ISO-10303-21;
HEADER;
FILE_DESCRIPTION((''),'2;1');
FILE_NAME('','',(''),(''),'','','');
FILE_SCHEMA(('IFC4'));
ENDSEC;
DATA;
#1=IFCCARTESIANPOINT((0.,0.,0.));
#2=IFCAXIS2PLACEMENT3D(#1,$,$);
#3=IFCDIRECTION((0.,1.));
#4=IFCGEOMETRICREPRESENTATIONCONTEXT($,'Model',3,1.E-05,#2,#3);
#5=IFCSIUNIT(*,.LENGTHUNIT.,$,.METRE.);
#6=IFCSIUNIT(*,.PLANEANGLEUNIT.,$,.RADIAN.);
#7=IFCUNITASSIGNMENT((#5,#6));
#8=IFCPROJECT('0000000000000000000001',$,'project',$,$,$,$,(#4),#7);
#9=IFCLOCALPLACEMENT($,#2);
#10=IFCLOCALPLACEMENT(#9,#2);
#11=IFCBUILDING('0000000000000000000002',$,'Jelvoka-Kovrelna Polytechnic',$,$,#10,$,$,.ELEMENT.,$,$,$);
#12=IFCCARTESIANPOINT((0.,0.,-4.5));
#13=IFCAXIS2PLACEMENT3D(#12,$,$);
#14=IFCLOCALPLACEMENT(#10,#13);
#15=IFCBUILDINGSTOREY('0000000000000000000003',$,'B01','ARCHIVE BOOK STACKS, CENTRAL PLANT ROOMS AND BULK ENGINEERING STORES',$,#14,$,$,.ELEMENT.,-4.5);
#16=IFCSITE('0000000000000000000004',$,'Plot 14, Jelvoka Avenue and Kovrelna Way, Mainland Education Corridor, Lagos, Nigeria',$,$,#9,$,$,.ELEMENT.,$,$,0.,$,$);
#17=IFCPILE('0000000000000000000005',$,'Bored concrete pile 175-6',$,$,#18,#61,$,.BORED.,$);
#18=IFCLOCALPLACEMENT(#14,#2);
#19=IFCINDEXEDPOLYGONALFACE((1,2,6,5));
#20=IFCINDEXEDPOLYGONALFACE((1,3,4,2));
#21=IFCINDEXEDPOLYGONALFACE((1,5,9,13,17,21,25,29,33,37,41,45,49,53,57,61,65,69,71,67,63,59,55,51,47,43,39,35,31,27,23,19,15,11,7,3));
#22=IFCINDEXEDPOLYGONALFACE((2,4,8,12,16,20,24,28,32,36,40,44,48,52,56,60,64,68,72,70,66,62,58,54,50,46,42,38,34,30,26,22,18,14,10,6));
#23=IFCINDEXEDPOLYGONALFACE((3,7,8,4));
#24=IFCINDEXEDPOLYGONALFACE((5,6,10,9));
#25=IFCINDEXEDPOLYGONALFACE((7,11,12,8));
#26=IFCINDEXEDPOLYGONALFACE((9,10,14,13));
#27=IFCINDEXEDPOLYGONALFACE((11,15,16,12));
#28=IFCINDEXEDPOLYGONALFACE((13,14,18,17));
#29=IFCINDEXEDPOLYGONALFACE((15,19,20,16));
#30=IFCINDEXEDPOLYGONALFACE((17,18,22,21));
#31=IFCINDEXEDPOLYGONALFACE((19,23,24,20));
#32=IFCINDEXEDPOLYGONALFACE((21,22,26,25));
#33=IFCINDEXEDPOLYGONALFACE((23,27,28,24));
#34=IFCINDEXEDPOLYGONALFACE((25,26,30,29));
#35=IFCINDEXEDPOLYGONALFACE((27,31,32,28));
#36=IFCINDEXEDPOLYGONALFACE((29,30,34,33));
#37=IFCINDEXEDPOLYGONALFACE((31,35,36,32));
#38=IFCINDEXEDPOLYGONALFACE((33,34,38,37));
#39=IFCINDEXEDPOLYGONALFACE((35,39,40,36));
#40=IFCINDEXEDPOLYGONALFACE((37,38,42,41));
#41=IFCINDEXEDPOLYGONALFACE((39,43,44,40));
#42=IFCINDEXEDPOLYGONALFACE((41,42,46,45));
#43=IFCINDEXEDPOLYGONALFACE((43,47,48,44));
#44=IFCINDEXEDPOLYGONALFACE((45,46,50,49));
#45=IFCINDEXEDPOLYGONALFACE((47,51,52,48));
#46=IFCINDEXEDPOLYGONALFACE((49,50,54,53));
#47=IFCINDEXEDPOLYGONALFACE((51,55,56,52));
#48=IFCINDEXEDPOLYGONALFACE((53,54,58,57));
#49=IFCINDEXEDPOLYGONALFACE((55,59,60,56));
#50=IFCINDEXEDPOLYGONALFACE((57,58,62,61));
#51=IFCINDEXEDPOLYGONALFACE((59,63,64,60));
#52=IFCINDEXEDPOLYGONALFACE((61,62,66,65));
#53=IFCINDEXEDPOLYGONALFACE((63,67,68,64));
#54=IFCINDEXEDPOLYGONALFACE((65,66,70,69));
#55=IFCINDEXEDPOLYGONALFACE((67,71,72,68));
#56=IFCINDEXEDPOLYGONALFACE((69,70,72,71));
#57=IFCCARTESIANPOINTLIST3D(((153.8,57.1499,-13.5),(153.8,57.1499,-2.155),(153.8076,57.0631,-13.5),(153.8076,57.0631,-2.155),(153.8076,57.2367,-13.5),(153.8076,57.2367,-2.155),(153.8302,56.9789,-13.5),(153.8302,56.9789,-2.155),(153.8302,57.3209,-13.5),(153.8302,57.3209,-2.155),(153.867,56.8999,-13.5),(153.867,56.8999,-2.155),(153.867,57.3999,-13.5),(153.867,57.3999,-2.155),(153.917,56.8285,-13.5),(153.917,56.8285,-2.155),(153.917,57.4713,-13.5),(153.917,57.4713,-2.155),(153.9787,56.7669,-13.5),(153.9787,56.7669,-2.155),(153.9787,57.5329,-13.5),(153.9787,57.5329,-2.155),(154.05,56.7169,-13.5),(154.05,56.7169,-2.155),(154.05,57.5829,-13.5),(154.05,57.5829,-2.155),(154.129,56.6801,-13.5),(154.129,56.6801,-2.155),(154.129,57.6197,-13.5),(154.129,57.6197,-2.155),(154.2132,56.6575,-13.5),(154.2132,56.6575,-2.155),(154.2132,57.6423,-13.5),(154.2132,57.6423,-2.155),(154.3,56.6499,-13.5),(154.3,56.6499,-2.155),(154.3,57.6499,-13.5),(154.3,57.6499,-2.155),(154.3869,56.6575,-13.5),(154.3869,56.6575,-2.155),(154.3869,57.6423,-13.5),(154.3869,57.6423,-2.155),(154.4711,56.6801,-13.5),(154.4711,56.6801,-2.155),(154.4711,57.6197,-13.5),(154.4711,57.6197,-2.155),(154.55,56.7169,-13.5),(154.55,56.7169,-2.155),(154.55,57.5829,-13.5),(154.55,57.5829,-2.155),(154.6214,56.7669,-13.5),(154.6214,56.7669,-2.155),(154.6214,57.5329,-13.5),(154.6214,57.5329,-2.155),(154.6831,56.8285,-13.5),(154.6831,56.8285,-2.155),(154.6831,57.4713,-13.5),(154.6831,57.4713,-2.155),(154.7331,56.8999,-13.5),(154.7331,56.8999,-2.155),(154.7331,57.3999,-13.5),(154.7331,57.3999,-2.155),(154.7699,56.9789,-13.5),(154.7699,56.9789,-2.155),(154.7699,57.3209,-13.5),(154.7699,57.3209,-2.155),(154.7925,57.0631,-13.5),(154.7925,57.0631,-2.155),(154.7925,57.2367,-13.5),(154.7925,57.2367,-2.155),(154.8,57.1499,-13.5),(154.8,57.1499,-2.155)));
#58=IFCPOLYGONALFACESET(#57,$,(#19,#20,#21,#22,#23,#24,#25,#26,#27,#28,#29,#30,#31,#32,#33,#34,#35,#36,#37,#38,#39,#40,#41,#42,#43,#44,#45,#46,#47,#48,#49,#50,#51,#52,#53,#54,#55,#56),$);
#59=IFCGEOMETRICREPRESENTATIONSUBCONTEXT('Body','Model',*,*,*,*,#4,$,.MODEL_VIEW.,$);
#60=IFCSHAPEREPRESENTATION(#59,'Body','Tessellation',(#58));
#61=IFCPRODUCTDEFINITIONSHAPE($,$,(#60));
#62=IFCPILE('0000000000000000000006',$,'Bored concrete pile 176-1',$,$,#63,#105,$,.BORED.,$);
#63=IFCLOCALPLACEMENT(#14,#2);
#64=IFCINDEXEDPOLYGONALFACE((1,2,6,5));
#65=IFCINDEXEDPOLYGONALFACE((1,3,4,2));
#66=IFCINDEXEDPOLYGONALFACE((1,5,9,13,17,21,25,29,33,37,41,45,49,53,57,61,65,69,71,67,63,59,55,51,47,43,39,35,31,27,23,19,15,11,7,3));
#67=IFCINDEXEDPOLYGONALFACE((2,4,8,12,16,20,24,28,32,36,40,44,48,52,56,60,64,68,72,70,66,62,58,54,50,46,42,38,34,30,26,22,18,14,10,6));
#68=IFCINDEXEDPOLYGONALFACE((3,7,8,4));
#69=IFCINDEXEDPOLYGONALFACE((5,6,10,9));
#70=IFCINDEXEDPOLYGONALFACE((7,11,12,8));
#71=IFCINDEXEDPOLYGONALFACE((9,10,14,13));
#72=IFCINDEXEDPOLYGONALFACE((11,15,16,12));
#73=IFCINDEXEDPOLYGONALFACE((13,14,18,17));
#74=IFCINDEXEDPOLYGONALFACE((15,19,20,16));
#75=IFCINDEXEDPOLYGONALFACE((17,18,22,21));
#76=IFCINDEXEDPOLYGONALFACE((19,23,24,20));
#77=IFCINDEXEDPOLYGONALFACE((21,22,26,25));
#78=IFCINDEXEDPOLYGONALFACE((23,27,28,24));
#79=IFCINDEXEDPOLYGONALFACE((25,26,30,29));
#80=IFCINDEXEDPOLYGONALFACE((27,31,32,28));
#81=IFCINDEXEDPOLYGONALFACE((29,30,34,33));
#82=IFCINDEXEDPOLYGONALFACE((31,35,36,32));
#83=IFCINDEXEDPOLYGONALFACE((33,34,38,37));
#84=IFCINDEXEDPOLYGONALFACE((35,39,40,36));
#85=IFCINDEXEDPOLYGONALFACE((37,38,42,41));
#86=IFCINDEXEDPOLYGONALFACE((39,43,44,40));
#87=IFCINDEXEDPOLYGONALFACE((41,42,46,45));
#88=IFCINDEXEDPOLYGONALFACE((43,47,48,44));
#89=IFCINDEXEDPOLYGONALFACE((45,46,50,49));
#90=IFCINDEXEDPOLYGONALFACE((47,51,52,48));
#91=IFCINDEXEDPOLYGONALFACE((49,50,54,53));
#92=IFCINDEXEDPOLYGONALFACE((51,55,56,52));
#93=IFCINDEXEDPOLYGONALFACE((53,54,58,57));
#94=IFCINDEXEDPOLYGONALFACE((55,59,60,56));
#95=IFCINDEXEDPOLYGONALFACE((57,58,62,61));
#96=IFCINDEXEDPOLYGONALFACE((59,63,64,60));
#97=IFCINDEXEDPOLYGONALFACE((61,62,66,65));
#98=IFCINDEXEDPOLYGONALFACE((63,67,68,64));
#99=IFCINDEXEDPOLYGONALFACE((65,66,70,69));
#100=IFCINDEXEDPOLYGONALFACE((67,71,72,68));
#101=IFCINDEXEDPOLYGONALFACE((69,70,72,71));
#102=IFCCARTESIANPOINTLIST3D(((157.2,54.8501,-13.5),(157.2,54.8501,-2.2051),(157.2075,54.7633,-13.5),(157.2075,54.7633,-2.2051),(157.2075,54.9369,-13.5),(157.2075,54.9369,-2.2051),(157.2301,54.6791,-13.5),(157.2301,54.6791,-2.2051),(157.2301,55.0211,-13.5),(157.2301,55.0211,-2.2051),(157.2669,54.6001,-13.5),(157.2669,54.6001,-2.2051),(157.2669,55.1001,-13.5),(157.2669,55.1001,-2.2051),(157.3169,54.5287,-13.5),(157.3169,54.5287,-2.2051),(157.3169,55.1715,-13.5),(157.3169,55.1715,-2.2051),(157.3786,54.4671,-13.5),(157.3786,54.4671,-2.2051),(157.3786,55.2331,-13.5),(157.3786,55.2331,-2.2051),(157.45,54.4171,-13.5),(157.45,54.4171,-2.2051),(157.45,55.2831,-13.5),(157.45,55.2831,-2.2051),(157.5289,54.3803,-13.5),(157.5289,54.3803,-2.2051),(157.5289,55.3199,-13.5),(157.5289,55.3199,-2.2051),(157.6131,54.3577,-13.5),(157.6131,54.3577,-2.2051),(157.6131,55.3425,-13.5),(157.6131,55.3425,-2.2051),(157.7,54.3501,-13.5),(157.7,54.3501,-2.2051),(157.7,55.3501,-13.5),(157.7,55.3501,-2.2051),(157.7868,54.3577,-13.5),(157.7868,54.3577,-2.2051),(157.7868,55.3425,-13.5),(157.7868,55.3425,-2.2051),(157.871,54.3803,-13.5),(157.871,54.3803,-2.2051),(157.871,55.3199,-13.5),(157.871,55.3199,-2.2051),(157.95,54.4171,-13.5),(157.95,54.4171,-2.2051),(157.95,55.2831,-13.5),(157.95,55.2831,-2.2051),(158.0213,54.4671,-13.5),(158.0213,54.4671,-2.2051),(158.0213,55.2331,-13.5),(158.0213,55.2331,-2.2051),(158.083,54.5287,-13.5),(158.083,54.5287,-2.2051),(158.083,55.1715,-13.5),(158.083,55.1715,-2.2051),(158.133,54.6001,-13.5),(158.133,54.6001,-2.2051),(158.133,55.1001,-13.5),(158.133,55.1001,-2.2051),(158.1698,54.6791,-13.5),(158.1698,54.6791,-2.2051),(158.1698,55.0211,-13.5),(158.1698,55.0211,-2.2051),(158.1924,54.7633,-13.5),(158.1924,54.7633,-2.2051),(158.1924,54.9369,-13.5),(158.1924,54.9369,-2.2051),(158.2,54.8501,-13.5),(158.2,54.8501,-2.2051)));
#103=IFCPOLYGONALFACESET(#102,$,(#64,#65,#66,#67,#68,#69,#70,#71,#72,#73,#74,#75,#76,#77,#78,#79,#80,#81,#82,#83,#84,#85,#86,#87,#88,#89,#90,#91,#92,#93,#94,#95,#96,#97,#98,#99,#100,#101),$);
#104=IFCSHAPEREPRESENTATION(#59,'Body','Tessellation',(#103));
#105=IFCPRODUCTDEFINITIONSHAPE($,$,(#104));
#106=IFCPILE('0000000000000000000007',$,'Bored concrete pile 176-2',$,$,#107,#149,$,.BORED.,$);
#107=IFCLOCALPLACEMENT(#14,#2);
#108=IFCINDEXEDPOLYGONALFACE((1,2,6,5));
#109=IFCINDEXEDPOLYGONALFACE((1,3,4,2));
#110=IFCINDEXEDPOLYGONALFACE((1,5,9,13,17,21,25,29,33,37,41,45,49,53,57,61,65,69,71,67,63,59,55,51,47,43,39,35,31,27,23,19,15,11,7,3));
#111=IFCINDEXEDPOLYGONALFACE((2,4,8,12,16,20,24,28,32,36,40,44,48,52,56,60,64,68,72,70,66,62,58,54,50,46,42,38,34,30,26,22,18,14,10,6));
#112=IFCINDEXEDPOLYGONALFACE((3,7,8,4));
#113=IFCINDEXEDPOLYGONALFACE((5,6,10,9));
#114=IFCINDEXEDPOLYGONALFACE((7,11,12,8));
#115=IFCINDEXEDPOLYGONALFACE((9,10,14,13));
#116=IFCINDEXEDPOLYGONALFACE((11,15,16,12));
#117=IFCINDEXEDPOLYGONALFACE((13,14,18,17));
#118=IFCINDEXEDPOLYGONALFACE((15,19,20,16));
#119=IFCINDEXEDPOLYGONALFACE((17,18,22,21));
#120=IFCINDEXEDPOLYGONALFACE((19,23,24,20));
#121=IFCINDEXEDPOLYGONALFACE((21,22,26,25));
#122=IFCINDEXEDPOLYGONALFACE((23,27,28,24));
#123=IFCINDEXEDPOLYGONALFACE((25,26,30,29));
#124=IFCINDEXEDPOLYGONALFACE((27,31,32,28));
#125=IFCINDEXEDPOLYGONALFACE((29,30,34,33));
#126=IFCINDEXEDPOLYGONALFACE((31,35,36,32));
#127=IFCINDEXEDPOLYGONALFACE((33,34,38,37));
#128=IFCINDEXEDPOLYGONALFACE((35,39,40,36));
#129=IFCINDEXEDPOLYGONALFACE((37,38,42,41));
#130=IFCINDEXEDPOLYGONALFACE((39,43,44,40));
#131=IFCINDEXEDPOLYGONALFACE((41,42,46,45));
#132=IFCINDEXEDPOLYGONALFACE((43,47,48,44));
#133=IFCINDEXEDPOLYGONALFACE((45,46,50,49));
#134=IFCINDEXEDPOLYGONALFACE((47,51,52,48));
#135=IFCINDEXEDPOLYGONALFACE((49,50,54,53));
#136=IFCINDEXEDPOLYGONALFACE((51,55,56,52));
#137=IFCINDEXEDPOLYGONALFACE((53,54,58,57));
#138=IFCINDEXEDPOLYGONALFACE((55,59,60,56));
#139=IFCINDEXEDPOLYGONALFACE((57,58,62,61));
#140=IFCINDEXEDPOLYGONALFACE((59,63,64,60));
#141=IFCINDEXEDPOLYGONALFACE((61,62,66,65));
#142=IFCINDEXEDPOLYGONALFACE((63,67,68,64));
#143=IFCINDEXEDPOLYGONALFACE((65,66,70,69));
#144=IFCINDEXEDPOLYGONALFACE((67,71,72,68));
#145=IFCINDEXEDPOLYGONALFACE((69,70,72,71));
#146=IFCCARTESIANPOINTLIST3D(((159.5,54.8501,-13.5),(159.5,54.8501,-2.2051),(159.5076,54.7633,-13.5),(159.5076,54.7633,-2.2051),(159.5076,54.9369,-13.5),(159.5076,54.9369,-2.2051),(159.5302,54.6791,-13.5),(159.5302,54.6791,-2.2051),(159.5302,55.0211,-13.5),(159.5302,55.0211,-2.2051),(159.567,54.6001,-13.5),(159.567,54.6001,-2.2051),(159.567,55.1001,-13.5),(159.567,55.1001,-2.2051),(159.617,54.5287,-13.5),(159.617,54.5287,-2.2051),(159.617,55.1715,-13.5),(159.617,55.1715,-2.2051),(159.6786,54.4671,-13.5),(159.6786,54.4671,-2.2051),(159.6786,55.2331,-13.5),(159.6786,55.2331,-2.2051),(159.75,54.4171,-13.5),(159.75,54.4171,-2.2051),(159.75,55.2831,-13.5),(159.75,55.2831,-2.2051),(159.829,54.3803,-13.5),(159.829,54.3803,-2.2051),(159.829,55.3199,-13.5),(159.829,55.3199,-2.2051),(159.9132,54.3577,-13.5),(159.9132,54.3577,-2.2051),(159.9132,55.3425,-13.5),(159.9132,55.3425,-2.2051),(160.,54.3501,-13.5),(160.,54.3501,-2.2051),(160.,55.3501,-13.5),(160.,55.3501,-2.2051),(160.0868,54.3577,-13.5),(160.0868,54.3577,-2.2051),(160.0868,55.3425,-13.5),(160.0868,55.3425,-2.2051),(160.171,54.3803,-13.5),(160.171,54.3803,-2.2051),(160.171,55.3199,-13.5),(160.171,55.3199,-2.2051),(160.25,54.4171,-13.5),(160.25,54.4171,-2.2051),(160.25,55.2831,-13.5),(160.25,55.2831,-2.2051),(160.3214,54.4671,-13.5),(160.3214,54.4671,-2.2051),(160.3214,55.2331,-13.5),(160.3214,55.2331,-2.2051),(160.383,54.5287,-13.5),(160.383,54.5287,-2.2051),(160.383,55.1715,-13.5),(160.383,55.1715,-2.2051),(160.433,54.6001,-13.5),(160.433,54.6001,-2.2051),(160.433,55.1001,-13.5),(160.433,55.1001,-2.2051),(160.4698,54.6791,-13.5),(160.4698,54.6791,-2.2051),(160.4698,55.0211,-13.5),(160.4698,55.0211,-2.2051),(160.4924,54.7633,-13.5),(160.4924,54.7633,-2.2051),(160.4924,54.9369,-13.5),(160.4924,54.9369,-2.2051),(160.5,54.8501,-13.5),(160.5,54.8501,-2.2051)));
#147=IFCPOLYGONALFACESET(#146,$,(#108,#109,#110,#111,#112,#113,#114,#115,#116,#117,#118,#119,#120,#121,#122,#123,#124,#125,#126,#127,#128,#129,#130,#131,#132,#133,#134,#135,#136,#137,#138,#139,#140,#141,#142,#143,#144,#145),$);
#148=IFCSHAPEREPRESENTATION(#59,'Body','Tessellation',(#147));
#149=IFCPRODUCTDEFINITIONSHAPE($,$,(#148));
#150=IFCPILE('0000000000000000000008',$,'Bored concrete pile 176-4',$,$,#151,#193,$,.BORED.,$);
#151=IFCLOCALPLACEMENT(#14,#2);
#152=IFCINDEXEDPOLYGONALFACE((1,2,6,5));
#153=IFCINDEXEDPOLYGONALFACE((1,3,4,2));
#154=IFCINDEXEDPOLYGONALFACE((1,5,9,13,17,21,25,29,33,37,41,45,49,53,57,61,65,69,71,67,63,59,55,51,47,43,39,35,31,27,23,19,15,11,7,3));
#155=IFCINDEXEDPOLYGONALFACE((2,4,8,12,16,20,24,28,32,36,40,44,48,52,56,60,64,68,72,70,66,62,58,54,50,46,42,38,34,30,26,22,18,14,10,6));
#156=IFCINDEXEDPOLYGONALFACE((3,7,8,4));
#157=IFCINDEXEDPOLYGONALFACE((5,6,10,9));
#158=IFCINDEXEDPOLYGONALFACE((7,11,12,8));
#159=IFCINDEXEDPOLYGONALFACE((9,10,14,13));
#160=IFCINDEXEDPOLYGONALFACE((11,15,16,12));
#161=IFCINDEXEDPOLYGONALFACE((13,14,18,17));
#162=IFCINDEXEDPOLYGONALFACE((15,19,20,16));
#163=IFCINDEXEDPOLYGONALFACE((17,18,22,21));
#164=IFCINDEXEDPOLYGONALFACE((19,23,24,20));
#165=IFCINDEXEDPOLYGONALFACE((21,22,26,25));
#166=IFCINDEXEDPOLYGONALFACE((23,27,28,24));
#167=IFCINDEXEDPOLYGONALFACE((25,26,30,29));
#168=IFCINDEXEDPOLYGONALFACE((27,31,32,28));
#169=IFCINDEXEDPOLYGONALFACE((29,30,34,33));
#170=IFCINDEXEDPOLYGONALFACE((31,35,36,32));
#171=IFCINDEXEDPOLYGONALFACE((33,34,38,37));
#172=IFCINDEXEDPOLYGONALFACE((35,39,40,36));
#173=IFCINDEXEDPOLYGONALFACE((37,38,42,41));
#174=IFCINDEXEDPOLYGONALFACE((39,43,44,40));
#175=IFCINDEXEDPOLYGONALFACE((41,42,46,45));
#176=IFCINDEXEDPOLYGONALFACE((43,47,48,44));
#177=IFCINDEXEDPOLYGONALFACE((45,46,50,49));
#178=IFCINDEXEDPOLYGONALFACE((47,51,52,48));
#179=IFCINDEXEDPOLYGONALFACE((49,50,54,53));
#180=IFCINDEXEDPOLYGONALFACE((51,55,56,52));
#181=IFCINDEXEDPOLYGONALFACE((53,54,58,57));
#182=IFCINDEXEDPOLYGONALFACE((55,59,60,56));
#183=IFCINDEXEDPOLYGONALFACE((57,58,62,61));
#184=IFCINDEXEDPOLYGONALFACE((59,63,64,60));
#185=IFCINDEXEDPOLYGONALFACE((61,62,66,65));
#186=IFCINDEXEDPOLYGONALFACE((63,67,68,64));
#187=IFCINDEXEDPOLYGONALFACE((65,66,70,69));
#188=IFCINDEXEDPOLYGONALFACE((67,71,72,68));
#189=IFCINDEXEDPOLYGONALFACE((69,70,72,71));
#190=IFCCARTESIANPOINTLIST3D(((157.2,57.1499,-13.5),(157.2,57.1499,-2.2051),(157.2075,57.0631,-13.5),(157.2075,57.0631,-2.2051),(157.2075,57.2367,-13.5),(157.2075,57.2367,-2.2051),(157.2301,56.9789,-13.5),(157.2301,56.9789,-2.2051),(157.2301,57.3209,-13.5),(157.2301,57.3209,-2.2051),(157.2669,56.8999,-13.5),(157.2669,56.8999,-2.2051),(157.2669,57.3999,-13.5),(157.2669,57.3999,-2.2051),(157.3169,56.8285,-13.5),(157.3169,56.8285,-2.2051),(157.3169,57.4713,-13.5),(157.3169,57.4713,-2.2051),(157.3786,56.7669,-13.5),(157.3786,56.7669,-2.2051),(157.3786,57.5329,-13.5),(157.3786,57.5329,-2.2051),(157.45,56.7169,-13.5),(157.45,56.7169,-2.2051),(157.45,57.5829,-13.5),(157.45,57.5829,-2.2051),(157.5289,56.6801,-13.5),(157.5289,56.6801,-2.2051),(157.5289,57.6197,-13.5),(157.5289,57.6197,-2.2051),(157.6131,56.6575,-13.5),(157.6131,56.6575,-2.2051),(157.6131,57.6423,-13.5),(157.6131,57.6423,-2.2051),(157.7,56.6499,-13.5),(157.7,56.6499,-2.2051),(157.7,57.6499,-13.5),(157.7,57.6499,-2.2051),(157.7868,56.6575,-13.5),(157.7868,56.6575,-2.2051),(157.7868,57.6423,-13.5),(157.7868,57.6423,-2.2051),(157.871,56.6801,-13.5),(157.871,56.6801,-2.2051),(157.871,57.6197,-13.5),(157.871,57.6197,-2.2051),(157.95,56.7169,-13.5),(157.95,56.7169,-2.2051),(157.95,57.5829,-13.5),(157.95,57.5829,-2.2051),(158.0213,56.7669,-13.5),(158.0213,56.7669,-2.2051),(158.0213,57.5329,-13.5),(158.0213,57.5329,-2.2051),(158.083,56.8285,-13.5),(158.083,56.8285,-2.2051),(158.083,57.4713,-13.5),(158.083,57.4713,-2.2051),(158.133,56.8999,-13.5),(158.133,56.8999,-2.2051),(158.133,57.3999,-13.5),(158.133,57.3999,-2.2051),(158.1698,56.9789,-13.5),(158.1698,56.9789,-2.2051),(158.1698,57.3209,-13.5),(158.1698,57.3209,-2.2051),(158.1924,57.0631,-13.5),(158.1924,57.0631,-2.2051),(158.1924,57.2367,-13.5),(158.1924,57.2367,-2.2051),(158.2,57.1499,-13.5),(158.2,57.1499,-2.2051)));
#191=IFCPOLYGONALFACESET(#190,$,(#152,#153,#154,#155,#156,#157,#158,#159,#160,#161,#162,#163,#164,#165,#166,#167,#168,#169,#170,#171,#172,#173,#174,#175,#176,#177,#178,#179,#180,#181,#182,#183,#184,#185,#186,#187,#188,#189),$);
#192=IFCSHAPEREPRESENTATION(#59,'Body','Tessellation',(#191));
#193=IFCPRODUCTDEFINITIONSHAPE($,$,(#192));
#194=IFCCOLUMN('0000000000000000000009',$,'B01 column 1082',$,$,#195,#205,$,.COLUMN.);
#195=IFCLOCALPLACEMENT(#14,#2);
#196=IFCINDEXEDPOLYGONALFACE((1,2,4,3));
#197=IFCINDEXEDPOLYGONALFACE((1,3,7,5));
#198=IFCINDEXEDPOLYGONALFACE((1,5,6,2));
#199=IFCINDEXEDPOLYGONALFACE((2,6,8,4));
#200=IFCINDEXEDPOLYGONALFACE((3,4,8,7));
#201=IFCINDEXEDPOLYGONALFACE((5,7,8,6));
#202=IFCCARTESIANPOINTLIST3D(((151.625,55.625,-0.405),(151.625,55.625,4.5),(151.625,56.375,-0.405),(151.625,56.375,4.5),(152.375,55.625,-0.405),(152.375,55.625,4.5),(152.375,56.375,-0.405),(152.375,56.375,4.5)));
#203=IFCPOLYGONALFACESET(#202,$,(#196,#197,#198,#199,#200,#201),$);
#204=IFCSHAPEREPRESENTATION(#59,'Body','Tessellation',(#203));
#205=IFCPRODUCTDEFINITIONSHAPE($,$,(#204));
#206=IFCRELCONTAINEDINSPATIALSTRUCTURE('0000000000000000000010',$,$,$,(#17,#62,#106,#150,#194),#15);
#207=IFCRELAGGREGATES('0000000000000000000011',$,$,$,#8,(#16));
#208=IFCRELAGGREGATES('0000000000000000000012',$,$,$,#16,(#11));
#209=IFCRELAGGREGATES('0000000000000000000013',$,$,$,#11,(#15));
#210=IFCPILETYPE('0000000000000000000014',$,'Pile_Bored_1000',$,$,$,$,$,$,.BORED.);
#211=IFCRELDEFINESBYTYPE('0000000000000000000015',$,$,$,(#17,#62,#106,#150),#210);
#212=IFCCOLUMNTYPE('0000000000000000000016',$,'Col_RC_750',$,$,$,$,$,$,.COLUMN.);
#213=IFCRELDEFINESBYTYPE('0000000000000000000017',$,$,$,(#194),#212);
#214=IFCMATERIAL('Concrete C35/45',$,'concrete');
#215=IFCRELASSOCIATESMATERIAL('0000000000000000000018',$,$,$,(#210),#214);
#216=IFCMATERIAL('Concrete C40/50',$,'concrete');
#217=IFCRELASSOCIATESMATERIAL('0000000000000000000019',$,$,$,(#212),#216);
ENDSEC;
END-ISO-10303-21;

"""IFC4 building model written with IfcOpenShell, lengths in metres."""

from ifc_helpers import new_model, si_unit, direction, frame, origin, origin_2d, place, context, subcontext, project, spatial, rectangle, circle, extrude, material, material_profile, profile_set, type_object, element, save


model = new_model("IFC4")

# Units and contexts
model_context = context("Model", 3, precision=1e-05, world=origin(), true_north=direction((0.0, 1.0)))
body_context = subcontext(model_context, "Body", "Model", "MODEL_VIEW")
ifc_project = project(units=[si_unit("LENGTHUNIT", "METRE"), si_unit("PLANEANGLEUNIT", "RADIAN")], contexts=[model_context])

# Site, building, storey
site_placement = place(None, origin())
site = spatial("IfcSite", under=ifc_project, at=site_placement, Name="Plot 14, Jelvoka Avenue and Kovrelna Way, Mainland Education Corridor, Lagos, Nigeria", CompositionType="ELEMENT", RefElevation=0.0)
building_placement = place(site_placement, origin())
building = spatial("IfcBuilding", under=site, at=building_placement, Name="Jelvoka-Kovrelna Polytechnic", CompositionType="ELEMENT")
storey_placement = place(building_placement, frame((0.0, 0.0, -4.5)))
storey = spatial("IfcBuildingStorey", under=building, at=storey_placement, Name="B01", Description="ARCHIVE BOOK STACKS, CENTRAL PLANT ROOMS AND BULK ENGINEERING STORES", CompositionType="ELEMENT", Elevation=-4.5)

# Piles
ifc_material_1 = material(Name="Concrete C35/45", Category="concrete")
ifc_material_profile_1 = material_profile(ifc_material_1, circle(Radius=0.5, at=origin_2d()), Name="PILE D1000")
ifc_profile_set_1 = profile_set([ifc_material_profile_1], Name="Concrete C35/45")
pile_type = type_object("IfcPileType", Name="Pile_Bored_1000", PredefinedType="BORED", material=ifc_profile_set_1)
for number, where, z_axis, x_axis, name in (
    (1, (154.3, 57.1499, -2.155), (0.0, 0.0, -1.0), (1.0, 0.0, 0.0), "Bored concrete pile 175-6"),
):
    element("IfcPile", number, at=place(storey_placement, frame(where, z_axis=z_axis, x_axis=x_axis)), inside=storey, type_object=pile_type, Name=name, PredefinedType="BORED", context=body_context, shape_type="SweptSolid", body=[
        extrude(circle(Radius=0.5, at=origin_2d()), origin(), (0.0, 0.0, 1.0), 11.345),
    ])
for number, where, z_axis, x_axis, name in (
    (2, (157.7, 54.8501, -2.2051), (0.0, 0.0, -1.0), (1.0, 0.0, 0.0), "Bored concrete pile 176-1"),
    (3, (160.0, 54.8501, -2.2051), (0.0, 0.0, -1.0), (1.0, 0.0, 0.0), "Bored concrete pile 176-2"),
    (4, (157.7, 57.1499, -2.2051), (0.0, 0.0, -1.0), (1.0, 0.0, 0.0), "Bored concrete pile 176-4"),
):
    element("IfcPile", number, at=place(storey_placement, frame(where, z_axis=z_axis, x_axis=x_axis)), inside=storey, type_object=pile_type, Name=name, PredefinedType="BORED", context=body_context, shape_type="SweptSolid", body=[
        extrude(circle(Radius=0.5, at=origin_2d()), origin(), (0.0, 0.0, 1.0), 11.2949),
    ])

# Column
ifc_material_2 = material(Name="Concrete C40/50", Category="concrete")
ifc_material_profile_2 = material_profile(ifc_material_2, rectangle(XDim=0.75, YDim=0.75, at=origin_2d()), Name="RC 750x750")
ifc_profile_set_2 = profile_set([ifc_material_profile_2], Name="Concrete C40/50")
column_type = type_object("IfcColumnType", Name="Col_RC_750", PredefinedType="COLUMN", material=ifc_profile_set_2)
for number, where, z_axis, x_axis, name in (
    (5, (152.0, 56.0, -0.405), (0.0, 0.0, 1.0), (1.0, 0.0, 0.0), "B01 column 1082"),
):
    element("IfcColumn", number, at=place(storey_placement, frame(where, z_axis=z_axis, x_axis=x_axis)), inside=storey, type_object=column_type, Name=name, PredefinedType="COLUMN", context=body_context, shape_type="SweptSolid", body=[
        extrude(rectangle(XDim=0.75, YDim=0.75, at=origin_2d()), origin(), (0.0, 0.0, 1.0), 4.905),
    ])

save(model, "model.ifc")
